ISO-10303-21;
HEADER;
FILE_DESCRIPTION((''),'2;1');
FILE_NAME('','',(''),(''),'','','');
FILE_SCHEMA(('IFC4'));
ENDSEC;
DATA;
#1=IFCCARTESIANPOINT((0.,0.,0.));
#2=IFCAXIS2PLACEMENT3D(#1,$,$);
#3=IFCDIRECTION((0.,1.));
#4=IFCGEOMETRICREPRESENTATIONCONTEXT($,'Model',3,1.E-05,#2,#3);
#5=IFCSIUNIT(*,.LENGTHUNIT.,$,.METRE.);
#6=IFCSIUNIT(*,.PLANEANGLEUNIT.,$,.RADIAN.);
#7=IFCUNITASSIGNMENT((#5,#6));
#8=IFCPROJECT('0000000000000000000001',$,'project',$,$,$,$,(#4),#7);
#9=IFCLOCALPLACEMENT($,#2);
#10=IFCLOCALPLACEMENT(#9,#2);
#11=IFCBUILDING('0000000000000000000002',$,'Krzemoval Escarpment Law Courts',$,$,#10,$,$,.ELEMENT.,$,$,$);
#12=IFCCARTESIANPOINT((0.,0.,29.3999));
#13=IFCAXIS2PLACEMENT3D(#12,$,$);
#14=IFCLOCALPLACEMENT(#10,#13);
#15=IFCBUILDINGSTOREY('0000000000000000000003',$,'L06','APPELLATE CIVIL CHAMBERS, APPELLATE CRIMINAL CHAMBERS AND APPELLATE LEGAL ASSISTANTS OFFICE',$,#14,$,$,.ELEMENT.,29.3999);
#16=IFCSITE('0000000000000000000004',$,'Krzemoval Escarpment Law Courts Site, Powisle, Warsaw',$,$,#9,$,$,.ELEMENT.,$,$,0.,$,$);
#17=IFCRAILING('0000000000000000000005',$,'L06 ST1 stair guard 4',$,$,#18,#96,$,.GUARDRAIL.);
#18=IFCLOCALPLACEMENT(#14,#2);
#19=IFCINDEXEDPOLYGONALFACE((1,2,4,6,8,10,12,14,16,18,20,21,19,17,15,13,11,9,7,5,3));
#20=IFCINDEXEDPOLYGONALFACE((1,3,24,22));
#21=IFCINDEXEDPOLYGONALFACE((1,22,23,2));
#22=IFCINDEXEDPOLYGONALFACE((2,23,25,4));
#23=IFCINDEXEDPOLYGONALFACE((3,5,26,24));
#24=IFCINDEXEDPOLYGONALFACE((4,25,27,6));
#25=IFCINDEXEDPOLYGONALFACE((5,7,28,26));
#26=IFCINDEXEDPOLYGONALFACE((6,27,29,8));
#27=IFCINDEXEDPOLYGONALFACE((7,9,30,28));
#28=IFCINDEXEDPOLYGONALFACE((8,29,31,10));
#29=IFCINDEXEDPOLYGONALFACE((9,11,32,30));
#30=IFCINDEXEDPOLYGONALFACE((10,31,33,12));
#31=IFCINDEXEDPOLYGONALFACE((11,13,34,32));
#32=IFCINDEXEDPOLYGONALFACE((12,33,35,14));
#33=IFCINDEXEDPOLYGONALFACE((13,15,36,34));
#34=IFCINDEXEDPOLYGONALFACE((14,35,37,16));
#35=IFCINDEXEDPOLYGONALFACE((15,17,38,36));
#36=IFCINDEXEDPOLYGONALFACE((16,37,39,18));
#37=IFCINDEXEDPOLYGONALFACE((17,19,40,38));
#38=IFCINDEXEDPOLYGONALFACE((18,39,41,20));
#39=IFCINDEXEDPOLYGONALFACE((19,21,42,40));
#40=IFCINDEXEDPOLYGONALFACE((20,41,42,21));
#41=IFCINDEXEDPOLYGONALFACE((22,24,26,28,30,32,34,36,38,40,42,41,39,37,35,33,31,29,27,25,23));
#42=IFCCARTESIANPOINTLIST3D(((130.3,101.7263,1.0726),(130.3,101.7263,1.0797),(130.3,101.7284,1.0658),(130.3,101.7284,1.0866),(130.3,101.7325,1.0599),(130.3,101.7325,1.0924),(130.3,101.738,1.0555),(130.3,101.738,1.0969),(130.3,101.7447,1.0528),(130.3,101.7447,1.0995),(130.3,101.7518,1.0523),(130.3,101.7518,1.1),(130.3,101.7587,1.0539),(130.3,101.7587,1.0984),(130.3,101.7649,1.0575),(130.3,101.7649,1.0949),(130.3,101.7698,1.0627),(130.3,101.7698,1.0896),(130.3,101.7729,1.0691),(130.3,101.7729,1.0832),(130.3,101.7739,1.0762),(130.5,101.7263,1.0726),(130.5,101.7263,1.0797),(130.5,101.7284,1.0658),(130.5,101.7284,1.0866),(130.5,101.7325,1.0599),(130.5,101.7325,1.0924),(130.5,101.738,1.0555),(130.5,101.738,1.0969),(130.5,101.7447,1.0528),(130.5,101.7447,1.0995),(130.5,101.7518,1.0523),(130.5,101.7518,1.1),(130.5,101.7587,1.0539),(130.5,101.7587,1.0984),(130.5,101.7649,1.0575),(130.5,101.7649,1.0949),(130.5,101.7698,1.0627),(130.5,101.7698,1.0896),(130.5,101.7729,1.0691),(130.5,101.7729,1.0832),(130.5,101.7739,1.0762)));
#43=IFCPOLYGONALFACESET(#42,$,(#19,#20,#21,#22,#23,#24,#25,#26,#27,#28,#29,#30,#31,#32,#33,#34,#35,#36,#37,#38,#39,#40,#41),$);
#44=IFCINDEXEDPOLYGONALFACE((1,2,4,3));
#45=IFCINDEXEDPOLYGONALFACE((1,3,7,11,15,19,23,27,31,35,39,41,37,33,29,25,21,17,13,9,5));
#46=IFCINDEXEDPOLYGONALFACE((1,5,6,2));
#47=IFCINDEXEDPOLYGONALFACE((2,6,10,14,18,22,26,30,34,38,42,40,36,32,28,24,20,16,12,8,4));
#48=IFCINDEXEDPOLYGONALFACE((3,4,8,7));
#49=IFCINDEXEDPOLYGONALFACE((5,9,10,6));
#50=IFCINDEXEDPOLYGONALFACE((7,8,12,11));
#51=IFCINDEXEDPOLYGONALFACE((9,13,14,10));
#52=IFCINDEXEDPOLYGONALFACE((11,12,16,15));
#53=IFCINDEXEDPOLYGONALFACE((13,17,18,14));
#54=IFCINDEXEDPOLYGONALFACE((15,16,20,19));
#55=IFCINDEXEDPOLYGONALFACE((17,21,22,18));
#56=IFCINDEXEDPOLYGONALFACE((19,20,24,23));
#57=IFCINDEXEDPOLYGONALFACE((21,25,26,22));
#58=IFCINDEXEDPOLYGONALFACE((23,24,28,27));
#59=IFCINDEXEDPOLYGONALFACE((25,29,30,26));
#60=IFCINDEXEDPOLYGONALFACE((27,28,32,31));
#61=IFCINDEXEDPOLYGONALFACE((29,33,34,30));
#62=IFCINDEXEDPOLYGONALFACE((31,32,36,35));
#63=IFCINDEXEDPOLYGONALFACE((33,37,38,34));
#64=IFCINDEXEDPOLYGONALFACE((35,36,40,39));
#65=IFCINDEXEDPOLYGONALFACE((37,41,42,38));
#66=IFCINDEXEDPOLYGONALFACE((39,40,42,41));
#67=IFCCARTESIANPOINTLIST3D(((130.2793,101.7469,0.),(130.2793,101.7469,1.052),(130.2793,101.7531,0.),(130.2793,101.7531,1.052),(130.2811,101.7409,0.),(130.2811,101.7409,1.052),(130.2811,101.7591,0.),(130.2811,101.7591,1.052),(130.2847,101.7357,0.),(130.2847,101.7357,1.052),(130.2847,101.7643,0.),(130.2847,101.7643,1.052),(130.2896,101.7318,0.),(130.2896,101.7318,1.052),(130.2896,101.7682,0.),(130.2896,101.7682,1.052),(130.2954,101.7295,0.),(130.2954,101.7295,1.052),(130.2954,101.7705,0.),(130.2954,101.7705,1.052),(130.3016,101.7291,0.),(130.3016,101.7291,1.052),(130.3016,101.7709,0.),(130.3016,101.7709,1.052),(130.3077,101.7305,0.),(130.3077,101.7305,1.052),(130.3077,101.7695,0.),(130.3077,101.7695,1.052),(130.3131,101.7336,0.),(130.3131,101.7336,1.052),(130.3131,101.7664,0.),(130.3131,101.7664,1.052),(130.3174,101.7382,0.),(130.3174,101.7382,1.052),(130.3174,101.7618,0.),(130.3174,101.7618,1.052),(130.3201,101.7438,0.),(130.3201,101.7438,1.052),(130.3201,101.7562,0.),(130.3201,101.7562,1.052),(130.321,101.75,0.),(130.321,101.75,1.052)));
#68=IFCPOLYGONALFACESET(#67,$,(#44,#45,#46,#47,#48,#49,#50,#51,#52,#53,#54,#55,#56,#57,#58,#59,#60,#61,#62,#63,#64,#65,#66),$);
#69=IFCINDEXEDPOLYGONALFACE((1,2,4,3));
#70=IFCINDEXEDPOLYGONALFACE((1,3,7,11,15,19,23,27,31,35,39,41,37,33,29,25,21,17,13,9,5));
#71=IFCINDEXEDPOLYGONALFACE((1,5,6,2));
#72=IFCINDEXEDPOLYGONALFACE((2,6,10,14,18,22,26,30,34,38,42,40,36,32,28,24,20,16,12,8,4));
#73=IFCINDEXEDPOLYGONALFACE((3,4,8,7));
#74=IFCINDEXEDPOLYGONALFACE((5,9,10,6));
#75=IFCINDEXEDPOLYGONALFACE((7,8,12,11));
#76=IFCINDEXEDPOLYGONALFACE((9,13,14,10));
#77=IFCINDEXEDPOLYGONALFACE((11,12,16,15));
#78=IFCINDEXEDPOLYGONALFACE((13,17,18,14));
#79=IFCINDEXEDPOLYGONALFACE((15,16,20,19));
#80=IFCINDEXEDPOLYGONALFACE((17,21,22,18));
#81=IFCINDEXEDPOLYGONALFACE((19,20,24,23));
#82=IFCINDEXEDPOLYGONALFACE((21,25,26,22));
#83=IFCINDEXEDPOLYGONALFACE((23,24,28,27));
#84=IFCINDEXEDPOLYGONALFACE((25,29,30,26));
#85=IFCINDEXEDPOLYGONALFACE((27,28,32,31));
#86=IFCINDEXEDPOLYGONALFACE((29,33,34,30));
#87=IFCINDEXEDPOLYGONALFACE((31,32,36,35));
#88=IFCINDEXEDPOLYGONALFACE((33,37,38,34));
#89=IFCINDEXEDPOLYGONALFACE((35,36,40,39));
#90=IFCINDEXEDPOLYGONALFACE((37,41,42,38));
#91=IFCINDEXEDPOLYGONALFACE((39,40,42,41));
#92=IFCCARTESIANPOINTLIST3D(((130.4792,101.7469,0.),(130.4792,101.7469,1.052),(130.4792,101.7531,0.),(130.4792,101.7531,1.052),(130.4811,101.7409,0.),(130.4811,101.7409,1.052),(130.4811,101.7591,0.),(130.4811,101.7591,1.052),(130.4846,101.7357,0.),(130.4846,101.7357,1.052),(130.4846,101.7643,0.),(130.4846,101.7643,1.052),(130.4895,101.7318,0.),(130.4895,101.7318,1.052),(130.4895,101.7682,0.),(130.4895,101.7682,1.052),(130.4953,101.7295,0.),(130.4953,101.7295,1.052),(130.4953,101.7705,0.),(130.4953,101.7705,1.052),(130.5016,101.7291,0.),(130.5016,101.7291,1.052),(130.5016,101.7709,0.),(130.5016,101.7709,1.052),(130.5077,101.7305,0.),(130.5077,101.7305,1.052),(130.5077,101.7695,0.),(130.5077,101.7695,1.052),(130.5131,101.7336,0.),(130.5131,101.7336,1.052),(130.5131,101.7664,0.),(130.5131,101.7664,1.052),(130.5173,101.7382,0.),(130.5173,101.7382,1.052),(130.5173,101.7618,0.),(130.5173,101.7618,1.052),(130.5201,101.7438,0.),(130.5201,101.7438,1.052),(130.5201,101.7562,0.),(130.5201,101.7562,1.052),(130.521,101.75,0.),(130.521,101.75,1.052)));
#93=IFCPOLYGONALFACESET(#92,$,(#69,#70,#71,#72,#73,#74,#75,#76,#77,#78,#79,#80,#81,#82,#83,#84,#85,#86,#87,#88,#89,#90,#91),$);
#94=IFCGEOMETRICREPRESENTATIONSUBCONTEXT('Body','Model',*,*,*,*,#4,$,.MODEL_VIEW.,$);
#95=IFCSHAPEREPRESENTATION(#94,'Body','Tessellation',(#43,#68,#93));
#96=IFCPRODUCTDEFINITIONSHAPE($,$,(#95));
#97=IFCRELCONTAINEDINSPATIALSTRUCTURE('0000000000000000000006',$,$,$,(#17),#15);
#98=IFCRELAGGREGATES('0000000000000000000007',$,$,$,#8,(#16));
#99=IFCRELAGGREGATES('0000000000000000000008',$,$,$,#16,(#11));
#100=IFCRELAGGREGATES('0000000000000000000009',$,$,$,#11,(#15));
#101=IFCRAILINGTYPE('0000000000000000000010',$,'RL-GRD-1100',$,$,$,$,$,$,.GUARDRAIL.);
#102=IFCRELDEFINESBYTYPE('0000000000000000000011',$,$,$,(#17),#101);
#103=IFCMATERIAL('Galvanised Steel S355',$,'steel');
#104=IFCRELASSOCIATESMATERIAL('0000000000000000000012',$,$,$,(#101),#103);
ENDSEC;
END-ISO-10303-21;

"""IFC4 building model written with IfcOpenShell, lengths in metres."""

from ifc_helpers import new_model, si_unit, direction, frame, origin, origin_2d, place, context, subcontext, project, spatial, circle, extrude, material, type_object, element, save


model = new_model("IFC4")

# Units and contexts
model_context = context("Model", 3, precision=1e-05, world=origin(), true_north=direction((0.0, 1.0)))
body_context = subcontext(model_context, "Body", "Model", "MODEL_VIEW")
ifc_project = project(units=[si_unit("LENGTHUNIT", "METRE"), si_unit("PLANEANGLEUNIT", "RADIAN")], contexts=[model_context])

# Site, building, storey
site_placement = place(None, origin())
site = spatial("IfcSite", under=ifc_project, at=site_placement, Name="Krzemoval Escarpment Law Courts Site, Powisle, Warsaw", CompositionType="ELEMENT", RefElevation=0.0)
building_placement = place(site_placement, origin())
building = spatial("IfcBuilding", under=site, at=building_placement, Name="Krzemoval Escarpment Law Courts", CompositionType="ELEMENT")
storey_placement = place(building_placement, frame((0.0, 0.0, 29.3999)))
storey = spatial("IfcBuildingStorey", under=building, at=storey_placement, Name="L06", Description="APPELLATE CIVIL CHAMBERS, APPELLATE CRIMINAL CHAMBERS AND APPELLATE LEGAL ASSISTANTS OFFICE", CompositionType="ELEMENT", Elevation=29.3999)

# Railing
ifc_material_1 = material(Name="Galvanised Steel S355", Category="steel")
railing_type_1 = type_object("IfcRailingType", Name="RL-GRD-1100", PredefinedType="GUARDRAIL", material=ifc_material_1)
railing_1_placement = place(storey_placement, frame((130.3, 101.75, 0.0)))
element("IfcRailing", 1, at=railing_1_placement, inside=storey, type_object=railing_type_1, Name="L06 ST1 stair guard 4", PredefinedType="GUARDRAIL", context=body_context, shape_type="SweptSolid", body=[
    extrude(circle(Radius=0.0239, at=origin_2d()), frame((0.0, 0.0, 1.0762), z_axis=(1.0, 0.0, 0.0), x_axis=(0.0, 1.0, 0.0)), (0.0, 0.0, 1.0), 0.2),
    extrude(circle(Radius=0.021, at=origin_2d()), origin(), (0.0, 0.0, 1.0), 1.052),
    extrude(circle(Radius=0.021, at=origin_2d()), frame((0.2, 0.0, 0.0)), (0.0, 0.0, 1.0), 1.052),
])

save(model, "model.ifc")
